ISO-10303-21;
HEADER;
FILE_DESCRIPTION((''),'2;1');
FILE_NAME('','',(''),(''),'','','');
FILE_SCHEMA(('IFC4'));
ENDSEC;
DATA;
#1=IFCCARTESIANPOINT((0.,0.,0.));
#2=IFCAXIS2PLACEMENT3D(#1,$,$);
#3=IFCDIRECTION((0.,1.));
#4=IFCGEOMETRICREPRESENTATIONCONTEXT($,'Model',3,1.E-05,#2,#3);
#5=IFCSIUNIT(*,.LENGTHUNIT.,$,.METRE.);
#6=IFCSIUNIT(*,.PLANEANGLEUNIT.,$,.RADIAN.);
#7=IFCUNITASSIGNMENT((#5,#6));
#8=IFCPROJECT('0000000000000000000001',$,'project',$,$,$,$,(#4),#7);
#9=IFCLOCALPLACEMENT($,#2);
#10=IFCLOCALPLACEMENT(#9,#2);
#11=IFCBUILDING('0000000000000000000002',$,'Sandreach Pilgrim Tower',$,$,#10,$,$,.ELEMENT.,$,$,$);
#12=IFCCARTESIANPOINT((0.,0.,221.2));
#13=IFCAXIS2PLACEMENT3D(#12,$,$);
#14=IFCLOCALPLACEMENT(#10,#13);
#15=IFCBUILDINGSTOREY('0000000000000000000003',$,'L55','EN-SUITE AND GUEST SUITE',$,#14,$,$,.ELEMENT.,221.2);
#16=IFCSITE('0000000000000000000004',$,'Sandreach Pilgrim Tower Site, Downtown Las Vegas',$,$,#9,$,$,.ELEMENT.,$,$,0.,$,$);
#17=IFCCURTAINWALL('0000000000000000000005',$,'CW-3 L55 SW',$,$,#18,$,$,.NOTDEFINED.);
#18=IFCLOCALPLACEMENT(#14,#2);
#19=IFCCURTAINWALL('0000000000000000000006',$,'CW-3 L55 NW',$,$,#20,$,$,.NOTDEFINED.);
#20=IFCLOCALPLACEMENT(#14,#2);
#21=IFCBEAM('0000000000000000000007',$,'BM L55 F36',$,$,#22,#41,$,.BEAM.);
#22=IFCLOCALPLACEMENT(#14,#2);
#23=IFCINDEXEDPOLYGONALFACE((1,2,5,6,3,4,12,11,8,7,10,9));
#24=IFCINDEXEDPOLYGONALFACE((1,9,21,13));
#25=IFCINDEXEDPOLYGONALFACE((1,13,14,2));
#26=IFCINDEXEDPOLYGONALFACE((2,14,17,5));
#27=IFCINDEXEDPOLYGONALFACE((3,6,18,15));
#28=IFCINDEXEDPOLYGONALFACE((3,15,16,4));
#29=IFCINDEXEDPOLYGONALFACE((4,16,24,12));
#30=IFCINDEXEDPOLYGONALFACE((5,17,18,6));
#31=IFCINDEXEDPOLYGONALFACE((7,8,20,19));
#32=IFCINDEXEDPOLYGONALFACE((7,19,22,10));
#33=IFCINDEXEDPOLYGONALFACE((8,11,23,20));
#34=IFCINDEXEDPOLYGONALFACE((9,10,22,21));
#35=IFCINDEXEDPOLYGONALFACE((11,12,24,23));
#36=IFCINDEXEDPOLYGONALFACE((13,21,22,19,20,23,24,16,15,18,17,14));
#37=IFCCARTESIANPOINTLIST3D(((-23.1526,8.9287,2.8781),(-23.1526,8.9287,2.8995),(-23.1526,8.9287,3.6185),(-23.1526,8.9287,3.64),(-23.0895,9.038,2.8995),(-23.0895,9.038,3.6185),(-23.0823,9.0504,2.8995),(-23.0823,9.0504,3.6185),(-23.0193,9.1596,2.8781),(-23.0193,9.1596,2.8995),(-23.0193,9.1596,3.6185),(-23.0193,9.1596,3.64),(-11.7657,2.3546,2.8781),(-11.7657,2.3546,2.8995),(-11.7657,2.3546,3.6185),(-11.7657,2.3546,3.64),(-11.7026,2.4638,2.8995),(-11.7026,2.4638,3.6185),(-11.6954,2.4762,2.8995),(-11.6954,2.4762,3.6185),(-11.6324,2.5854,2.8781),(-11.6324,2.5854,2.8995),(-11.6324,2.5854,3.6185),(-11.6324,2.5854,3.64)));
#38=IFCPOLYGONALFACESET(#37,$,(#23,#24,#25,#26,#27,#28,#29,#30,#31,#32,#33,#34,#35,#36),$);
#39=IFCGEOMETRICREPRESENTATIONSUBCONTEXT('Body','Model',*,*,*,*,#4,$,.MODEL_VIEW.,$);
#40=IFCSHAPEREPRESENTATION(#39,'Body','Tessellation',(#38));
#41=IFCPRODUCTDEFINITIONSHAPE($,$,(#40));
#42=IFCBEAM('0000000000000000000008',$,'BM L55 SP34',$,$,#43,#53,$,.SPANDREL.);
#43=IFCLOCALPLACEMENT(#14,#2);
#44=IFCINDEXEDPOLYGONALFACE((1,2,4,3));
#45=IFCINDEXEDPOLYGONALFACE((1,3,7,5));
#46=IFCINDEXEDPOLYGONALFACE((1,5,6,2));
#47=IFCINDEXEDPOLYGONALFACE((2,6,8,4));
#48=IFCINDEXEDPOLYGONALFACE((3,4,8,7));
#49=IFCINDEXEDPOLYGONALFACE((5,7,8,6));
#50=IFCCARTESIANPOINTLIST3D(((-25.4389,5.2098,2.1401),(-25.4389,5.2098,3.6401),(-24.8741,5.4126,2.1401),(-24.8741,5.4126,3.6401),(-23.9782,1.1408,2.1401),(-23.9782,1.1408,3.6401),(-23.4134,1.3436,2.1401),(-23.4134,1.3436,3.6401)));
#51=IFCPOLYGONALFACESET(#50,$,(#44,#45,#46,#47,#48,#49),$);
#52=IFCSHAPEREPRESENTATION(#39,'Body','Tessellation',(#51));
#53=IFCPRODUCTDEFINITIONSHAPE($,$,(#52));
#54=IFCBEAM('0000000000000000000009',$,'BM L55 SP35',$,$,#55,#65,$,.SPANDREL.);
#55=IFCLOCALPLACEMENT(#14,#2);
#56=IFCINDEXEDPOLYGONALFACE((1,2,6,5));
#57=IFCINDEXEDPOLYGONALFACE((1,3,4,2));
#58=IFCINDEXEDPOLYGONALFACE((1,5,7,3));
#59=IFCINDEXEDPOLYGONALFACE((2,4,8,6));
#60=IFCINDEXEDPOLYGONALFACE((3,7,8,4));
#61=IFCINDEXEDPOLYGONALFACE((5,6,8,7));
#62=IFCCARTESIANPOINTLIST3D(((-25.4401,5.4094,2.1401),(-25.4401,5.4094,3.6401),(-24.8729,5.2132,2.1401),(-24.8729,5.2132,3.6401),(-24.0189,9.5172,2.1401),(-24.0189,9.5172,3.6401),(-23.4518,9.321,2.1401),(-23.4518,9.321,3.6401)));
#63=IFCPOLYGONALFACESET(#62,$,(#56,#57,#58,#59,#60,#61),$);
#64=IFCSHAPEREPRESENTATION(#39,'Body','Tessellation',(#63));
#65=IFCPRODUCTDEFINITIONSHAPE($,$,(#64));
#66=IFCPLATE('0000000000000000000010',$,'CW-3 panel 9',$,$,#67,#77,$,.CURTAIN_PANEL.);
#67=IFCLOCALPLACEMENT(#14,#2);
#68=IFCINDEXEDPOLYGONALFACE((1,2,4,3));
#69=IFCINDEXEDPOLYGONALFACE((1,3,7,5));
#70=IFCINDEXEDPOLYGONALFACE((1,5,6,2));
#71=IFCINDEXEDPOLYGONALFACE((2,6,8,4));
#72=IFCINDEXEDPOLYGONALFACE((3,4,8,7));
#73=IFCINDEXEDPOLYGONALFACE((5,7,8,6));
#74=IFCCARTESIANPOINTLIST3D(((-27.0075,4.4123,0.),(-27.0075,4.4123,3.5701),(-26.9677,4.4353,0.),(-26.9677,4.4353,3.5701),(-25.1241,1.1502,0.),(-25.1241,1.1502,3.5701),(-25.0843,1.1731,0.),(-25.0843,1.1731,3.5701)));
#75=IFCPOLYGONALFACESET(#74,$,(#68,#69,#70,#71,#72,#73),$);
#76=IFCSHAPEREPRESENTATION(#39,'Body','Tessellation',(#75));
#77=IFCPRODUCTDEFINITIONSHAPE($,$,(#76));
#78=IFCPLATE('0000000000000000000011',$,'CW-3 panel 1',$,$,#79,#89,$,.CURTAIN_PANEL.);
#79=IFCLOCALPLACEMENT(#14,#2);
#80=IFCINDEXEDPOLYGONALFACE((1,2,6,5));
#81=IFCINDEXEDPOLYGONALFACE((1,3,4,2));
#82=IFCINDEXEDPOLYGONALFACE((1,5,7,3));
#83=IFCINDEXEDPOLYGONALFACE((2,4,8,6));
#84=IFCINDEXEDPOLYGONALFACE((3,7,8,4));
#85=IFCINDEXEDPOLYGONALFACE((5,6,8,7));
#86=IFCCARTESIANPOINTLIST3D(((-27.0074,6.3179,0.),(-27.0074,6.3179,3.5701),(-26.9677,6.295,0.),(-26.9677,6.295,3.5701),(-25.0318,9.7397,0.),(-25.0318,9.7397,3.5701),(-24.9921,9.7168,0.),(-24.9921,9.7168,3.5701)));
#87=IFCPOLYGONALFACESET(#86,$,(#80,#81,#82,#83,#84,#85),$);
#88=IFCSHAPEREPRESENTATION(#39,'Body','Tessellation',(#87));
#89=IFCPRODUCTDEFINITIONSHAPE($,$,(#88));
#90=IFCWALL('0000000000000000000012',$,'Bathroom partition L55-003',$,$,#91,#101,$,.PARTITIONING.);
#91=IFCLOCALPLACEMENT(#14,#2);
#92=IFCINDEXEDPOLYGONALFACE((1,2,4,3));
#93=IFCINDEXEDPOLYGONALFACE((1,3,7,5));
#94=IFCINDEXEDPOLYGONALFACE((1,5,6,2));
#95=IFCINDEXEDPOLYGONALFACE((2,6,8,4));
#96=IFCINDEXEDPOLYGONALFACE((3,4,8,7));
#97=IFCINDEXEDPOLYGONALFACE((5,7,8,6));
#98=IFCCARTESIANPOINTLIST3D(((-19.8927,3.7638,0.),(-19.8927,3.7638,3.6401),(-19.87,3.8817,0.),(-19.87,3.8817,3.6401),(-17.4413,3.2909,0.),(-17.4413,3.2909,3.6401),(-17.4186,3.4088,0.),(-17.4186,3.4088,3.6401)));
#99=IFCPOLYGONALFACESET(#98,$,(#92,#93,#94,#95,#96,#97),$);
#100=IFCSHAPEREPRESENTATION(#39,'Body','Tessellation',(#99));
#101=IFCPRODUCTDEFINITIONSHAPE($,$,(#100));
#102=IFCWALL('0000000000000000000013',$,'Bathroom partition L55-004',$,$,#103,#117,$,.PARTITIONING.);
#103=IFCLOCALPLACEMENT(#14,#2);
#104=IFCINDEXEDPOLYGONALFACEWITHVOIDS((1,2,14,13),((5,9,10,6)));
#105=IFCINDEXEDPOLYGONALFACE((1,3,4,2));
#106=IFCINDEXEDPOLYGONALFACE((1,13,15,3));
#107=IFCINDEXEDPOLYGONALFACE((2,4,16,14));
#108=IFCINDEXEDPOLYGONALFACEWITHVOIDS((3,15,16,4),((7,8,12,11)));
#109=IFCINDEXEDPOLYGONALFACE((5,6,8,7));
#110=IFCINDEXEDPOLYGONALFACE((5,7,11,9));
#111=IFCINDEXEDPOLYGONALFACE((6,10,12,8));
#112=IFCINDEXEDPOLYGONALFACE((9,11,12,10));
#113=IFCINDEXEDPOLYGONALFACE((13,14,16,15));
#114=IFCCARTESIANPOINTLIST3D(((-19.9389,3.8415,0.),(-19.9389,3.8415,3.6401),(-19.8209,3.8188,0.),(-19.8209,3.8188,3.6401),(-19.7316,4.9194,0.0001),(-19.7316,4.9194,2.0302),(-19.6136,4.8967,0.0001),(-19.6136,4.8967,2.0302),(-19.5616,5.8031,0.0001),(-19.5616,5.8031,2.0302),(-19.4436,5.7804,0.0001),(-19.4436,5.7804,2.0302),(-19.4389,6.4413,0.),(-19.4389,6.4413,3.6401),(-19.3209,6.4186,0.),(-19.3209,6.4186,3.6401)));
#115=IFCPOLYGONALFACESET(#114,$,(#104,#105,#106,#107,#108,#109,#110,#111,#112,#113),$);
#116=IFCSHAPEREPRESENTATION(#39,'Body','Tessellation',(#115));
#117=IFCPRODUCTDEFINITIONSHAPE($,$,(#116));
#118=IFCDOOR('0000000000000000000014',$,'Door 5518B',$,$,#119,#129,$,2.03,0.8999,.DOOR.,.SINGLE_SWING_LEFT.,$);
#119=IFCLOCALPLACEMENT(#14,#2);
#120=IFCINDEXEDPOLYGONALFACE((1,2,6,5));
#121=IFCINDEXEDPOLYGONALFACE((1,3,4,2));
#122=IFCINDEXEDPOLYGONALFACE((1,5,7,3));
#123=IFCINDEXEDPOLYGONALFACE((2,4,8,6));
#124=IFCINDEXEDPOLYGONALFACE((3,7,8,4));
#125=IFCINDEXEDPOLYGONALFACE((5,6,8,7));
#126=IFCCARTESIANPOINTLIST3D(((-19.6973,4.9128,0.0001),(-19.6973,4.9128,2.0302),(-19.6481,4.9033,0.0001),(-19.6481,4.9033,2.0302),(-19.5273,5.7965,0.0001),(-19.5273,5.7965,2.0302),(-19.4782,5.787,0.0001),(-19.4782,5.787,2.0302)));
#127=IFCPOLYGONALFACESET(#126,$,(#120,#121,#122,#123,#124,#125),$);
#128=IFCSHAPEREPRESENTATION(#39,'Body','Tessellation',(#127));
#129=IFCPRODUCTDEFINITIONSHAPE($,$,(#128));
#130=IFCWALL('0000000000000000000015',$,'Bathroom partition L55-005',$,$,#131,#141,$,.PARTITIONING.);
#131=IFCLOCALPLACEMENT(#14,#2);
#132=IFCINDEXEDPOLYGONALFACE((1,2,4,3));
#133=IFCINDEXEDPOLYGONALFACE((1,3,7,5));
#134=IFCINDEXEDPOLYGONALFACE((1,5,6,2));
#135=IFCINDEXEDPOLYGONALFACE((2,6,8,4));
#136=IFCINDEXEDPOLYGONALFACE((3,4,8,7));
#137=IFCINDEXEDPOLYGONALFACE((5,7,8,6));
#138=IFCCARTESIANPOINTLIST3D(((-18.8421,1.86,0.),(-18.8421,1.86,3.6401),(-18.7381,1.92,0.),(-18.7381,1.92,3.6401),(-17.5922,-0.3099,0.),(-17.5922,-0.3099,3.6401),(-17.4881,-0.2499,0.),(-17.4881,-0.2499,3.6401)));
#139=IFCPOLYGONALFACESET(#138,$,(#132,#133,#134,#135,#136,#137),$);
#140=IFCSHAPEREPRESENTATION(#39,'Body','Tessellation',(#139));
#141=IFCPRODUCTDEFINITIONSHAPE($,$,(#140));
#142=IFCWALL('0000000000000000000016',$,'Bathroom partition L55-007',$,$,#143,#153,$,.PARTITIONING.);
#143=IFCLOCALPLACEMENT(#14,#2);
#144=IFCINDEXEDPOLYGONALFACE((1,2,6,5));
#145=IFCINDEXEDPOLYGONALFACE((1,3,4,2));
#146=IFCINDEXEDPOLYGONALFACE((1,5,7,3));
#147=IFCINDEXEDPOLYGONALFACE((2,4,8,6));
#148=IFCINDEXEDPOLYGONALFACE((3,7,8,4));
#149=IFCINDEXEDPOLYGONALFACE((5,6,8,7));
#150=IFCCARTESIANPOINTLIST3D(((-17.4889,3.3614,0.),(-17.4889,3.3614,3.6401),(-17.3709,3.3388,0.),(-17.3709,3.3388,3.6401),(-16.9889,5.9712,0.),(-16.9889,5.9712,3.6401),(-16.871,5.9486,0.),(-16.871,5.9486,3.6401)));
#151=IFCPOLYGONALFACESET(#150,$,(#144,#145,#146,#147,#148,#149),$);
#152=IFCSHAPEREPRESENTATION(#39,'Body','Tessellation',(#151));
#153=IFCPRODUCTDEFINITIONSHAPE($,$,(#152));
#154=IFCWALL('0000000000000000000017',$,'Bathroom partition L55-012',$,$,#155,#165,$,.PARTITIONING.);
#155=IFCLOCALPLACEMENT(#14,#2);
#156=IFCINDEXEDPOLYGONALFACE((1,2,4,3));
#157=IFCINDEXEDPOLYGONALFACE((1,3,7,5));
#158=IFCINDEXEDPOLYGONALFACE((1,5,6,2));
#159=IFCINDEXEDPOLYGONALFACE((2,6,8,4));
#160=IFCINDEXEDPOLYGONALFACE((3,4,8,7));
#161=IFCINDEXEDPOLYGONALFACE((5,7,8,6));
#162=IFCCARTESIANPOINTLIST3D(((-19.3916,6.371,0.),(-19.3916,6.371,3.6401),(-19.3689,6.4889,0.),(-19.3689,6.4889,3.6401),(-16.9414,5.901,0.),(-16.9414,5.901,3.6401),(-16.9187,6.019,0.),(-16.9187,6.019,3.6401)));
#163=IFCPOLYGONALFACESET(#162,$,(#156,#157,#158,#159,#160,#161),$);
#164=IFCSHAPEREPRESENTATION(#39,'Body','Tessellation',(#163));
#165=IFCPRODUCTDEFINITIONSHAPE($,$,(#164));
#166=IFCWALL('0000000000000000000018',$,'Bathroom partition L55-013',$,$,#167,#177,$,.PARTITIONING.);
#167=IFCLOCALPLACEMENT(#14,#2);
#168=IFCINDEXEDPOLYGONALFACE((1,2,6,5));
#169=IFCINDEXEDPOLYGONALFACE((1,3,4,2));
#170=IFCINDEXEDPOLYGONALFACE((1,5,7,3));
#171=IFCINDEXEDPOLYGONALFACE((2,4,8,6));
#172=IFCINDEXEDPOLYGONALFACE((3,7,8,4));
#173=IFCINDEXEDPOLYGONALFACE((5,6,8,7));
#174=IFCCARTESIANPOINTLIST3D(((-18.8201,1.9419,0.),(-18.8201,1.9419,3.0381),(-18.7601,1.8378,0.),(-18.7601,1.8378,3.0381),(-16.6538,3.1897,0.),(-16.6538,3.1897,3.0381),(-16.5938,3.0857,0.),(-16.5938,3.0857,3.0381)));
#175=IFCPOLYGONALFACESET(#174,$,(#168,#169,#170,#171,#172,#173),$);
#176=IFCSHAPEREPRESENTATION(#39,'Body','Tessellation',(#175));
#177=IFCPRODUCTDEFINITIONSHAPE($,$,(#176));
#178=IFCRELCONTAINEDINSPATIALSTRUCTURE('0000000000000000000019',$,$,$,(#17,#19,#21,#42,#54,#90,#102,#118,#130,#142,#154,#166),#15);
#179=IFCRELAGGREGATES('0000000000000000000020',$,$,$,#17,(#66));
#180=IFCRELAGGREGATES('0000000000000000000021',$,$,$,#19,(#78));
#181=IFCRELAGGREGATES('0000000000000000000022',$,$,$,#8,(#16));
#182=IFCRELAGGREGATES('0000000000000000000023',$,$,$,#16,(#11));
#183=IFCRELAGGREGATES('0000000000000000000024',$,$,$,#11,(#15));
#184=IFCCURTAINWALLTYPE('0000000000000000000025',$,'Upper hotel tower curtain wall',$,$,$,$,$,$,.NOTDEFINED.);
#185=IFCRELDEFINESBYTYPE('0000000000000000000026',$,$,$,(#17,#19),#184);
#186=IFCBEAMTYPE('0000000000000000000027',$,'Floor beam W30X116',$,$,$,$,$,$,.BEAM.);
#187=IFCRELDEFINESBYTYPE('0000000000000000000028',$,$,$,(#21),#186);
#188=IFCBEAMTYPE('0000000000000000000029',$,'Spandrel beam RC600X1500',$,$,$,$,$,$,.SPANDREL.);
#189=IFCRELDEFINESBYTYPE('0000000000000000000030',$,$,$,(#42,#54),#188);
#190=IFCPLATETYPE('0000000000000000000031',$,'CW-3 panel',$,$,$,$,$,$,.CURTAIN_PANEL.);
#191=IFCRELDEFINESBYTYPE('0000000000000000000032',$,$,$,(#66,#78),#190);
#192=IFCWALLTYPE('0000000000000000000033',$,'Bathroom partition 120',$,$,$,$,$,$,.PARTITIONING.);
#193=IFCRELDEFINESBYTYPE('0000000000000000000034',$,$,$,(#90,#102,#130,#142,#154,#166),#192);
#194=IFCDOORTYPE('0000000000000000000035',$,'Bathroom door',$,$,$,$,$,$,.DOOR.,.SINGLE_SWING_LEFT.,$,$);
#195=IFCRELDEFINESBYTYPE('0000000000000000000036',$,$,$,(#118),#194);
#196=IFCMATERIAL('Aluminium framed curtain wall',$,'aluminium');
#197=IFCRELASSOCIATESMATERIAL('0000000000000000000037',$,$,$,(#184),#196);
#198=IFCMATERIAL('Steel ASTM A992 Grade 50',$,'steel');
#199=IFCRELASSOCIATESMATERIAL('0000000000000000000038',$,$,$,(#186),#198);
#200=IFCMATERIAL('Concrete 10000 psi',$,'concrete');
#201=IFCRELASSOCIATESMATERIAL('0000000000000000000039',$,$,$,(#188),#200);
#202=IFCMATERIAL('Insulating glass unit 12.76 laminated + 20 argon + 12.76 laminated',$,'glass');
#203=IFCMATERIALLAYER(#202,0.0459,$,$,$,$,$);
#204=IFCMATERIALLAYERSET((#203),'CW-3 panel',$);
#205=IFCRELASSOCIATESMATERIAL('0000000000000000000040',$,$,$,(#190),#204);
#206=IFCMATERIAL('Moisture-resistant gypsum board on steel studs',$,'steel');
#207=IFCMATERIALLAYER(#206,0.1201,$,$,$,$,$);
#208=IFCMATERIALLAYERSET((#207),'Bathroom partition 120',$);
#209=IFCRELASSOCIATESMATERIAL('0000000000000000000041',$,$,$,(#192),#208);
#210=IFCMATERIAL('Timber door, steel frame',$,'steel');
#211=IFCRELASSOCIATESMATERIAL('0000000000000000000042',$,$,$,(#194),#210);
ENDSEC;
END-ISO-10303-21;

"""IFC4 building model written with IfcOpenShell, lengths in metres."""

from ifc_helpers import new_model, si_unit, direction, frame, frame_2d, origin, origin_2d, place, context, subcontext, project, spatial, rectangle, i_section, extrude, material, layer, layer_set, material_profile, profile_set, type_object, element, fill, aggregate, save


model = new_model("IFC4")

# Units and contexts
model_context = context("Model", 3, precision=1e-05, world=origin(), true_north=direction((0.0, 1.0)))
body_context = subcontext(model_context, "Body", "Model", "MODEL_VIEW")
ifc_project = project(units=[si_unit("LENGTHUNIT", "METRE"), si_unit("PLANEANGLEUNIT", "RADIAN")], contexts=[model_context])

# Site, building, storey
site_placement = place(None, origin())
site = spatial("IfcSite", under=ifc_project, at=site_placement, Name="Sandreach Pilgrim Tower Site, Downtown Las Vegas", CompositionType="ELEMENT", RefElevation=0.0)
building_placement = place(site_placement, origin())
building = spatial("IfcBuilding", under=site, at=building_placement, Name="Sandreach Pilgrim Tower", CompositionType="ELEMENT")
storey_placement = place(building_placement, frame((0.0, 0.0, 221.2)))
storey = spatial("IfcBuildingStorey", under=building, at=storey_placement, Name="L55", Description="EN-SUITE AND GUEST SUITE", CompositionType="ELEMENT", Elevation=221.2)

# Curtain wall
ifc_material_1 = material(Name="Aluminium framed curtain wall", Category="aluminium")
curtain_wall_type = type_object("IfcCurtainWallType", Name="Upper hotel tower curtain wall", PredefinedType="NOTDEFINED", material=ifc_material_1)
curtain_wall_1_placement = place(storey_placement, origin())
curtain_wall_1 = element("IfcCurtainWall", 1, at=curtain_wall_1_placement, inside=storey, type_object=curtain_wall_type, Name="CW-3 L55 SW", PredefinedType="NOTDEFINED")

# Curtain wall
curtain_wall_2_placement = place(storey_placement, origin())
curtain_wall_2 = element("IfcCurtainWall", 2, at=curtain_wall_2_placement, inside=storey, type_object=curtain_wall_type, Name="CW-3 L55 NW", PredefinedType="NOTDEFINED")

# Beams
ifc_material_2 = material(Name="Steel ASTM A992 Grade 50", Category="steel")
ifc_material_profile_1 = material_profile(ifc_material_2, i_section(OverallWidth=0.2666, OverallDepth=0.762, WebThickness=0.0144, FlangeThickness=0.0215, at=origin_2d()), Name="W30X116")
ifc_profile_set_1 = profile_set([ifc_material_profile_1], Name="Steel ASTM A992 Grade 50")
beam_type_1 = type_object("IfcBeamType", Name="Floor beam W30X116", PredefinedType="BEAM", material=ifc_profile_set_1)
beam_1_placement = place(storey_placement, frame((-23.0859, 9.0442, 3.259), z_axis=(0.866027, -0.499997, 0.0), x_axis=(0.499997, 0.866027, 0.0)))
element("IfcBeam", 3, at=beam_1_placement, inside=storey, type_object=beam_type_1, Name="BM L55 F36", PredefinedType="BEAM", context=body_context, shape_type="SweptSolid", body=[
    extrude(i_section(OverallWidth=0.2666, OverallDepth=0.762, WebThickness=0.0144, FlangeThickness=0.0215, at=origin_2d()), origin(), (0.0, 0.0, 1.0), 13.1484),
])
ifc_material_3 = material(Name="Concrete 10000 psi", Category="concrete")
ifc_material_profile_2 = material_profile(ifc_material_3, rectangle(XDim=0.6001, YDim=1.5, at=origin_2d()), Name="RC600X1500")
ifc_profile_set_2 = profile_set([ifc_material_profile_2], Name="Concrete 10000 psi")
beam_type_2 = type_object("IfcBeamType", Name="Spandrel beam RC600X1500", PredefinedType="SPANDREL", material=ifc_profile_set_2)
beam_2_placement = place(storey_placement, frame((-23.6958, 1.2422, 2.8901), z_axis=(-0.337863, 0.941195, 0.0), x_axis=(-0.941195, -0.337863, 0.0)))
element("IfcBeam", 4, at=beam_2_placement, inside=storey, type_object=beam_type_2, Name="BM L55 SP34", PredefinedType="SPANDREL", context=body_context, shape_type="SweptSolid", body=[
    extrude(rectangle(XDim=0.6001, YDim=1.5, at=origin_2d()), origin(), (0.0, 0.0, 1.0), 4.3232),
])
beam_3_placement = place(storey_placement, frame((-25.1565, 5.3113, 2.8901), z_axis=(0.326941, 0.945045, 0.0), x_axis=(-0.945045, 0.326941, 0.0)))
element("IfcBeam", 5, at=beam_3_placement, inside=storey, type_object=beam_type_2, Name="BM L55 SP35", PredefinedType="SPANDREL", context=body_context, shape_type="SweptSolid", body=[
    extrude(rectangle(XDim=0.6001, YDim=1.5, at=origin_2d()), origin(), (0.0, 0.0, 1.0), 4.3467),
])

# Plates
ifc_material_4 = material(Name="Insulating glass unit 12.76 laminated + 20 argon + 12.76 laminated", Category="glass")
ifc_layer_1 = layer(ifc_material_4, 0.0459)
ifc_layer_set_1 = layer_set([ifc_layer_1], Name="CW-3 panel")
plate_type = type_object("IfcPlateType", Name="CW-3 panel", PredefinedType="CURTAIN_PANEL", material=ifc_layer_set_1)
plate_1_placement = place(storey_placement, frame((-26.0459, 2.7927, 0.0), z_axis=(0.0, 0.0, 1.0), x_axis=(-0.5, 0.866025, 0.0)))
plate_1 = element("IfcPlate", 6, at=plate_1_placement, type_object=plate_type, Name="CW-3 panel 9", PredefinedType="CURTAIN_PANEL", context=body_context, shape_type="SweptSolid", body=[
    extrude(rectangle(XDim=3.7668, YDim=0.0459, at=origin_2d()), origin(), (0.0, 0.0, 1.0), 3.5701),
])
aggregate(curtain_wall_1, [plate_1])
plate_2_placement = place(storey_placement, frame((-25.9998, 8.0173, 0.0), z_axis=(0.0, 0.0, 1.0), x_axis=(0.5, 0.866025, 0.0)))
plate_2 = element("IfcPlate", 7, at=plate_2_placement, type_object=plate_type, Name="CW-3 panel 1", PredefinedType="CURTAIN_PANEL", context=body_context, shape_type="SweptSolid", body=[
    extrude(rectangle(XDim=3.9512, YDim=0.0459, at=origin_2d()), origin(), (0.0, 0.0, 1.0), 3.5701),
])
aggregate(curtain_wall_2, [plate_2])

# Wall
ifc_material_5 = material(Name="Moisture-resistant gypsum board on steel studs", Category="steel")
ifc_layer_2 = layer(ifc_material_5, 0.1201)
ifc_layer_set_2 = layer_set([ifc_layer_2], Name="Bathroom partition 120")
wall_type_1 = type_object("IfcWallType", Name="Bathroom partition 120", PredefinedType="PARTITIONING", material=ifc_layer_set_2)
wall_1_placement = place(storey_placement, frame((-19.8813, 3.8228, 0.0), z_axis=(0.0, 0.0, 1.0), x_axis=(0.981897, -0.189417, 0.0)))
element("IfcWall", 8, at=wall_1_placement, inside=storey, type_object=wall_type_1, Name="Bathroom partition L55-003", PredefinedType="PARTITIONING", context=body_context, shape_type="SweptSolid", body=[
    extrude(rectangle(XDim=2.4966, YDim=0.1201, at=frame_2d((1.2483, 0.0))), origin(), (0.0, 0.0, 1.0), 3.6401),
])

# Wall, opening, door
wall_2_placement = place(storey_placement, frame((-19.3799, 6.4299, 0.0), z_axis=(0.0, 0.0, 1.0), x_axis=(-0.188858, -0.982004, 0.0)))
wall_2 = element("IfcWall", 9, at=wall_2_placement, inside=storey, type_object=wall_type_1, Name="Bathroom partition L55-004", PredefinedType="PARTITIONING", context=body_context, shape_type="SweptSolid", body=[
    extrude(rectangle(XDim=2.6475, YDim=0.1201, at=frame_2d((1.3237, 0.0))), origin(), (0.0, 0.0, 1.0), 3.6401),
])
opening_1_placement = place(wall_2_placement, frame((0.6499, 0.0, 0.0)))
opening_1 = element("IfcOpeningElement", 10, at=opening_1_placement, cuts=wall_2, PredefinedType="OPENING", context=body_context, shape_type="SweptSolid", body=[
    extrude(rectangle(XDim=0.8999, YDim=2.03, at=frame_2d((0.45, 1.0151))), frame((0.0, 0.0601, 0.0), z_axis=(0.0, -1.0, 0.0), x_axis=(1.0, 0.0, 0.0)), (0.0, 0.0, 1.0), 0.1201),
])
ifc_material_6 = material(Name="Timber door, steel frame", Category="steel")
door_type_1 = type_object("IfcDoorType", Name="Bathroom door", OperationType="SINGLE_SWING_LEFT", PredefinedType="DOOR", material=ifc_material_6)
door_1_placement = place(opening_1_placement, origin())
door_1 = element("IfcDoor", 11, at=door_1_placement, inside=storey, type_object=door_type_1, Name="Door 5518B", OperationType="SINGLE_SWING_LEFT", OverallHeight=2.03, OverallWidth=0.8999, PredefinedType="DOOR", context=body_context, shape_type="SweptSolid", body=[
    extrude(rectangle(XDim=0.8999, YDim=2.03, at=frame_2d((0.45, 1.0151))), frame((0.0, 0.0249, 0.0), z_axis=(0.0, -1.0, 0.0), x_axis=(1.0, 0.0, 0.0)), (0.0, 0.0, 1.0), 0.05),
])
fill(opening_1, door_1)

# Walls
wall_3_placement = place(storey_placement, frame((-18.79, 1.8899, 0.0), z_axis=(0.0, 0.0, 1.0), x_axis=(0.49916, -0.86651, 0.0)))
element("IfcWall", 12, at=wall_3_placement, inside=storey, type_object=wall_type_1, Name="Bathroom partition L55-005", PredefinedType="PARTITIONING", context=body_context, shape_type="SweptSolid", body=[
    extrude(rectangle(XDim=2.5042, YDim=0.1201, at=frame_2d((1.252, 0.0))), origin(), (0.0, 0.0, 1.0), 3.6401),
])
wall_4_placement = place(storey_placement, frame((-17.4299, 3.3501, 0.0), z_axis=(0.0, 0.0, 1.0), x_axis=(0.188159, 0.982139, 0.0)))
element("IfcWall", 13, at=wall_4_placement, inside=storey, type_object=wall_type_1, Name="Bathroom partition L55-007", PredefinedType="PARTITIONING", context=body_context, shape_type="SweptSolid", body=[
    extrude(rectangle(XDim=2.6572, YDim=0.1201, at=frame_2d((1.3286, 0.0))), origin(), (0.0, 0.0, 1.0), 3.6401),
])
wall_5_placement = place(storey_placement, frame((-16.9299, 5.96, 0.0), z_axis=(0.0, 0.0, 1.0), x_axis=(-0.982097, 0.188376, 0.0)))
element("IfcWall", 14, at=wall_5_placement, inside=storey, type_object=wall_type_1, Name="Bathroom partition L55-012", PredefinedType="PARTITIONING", context=body_context, shape_type="SweptSolid", body=[
    extrude(rectangle(XDim=2.4949, YDim=0.1201, at=frame_2d((1.2476, 0.0))), origin(), (0.0, 0.0, 1.0), 3.6401),
])
wall_6_placement = place(storey_placement, frame((-16.6238, 3.1377, 0.0), z_axis=(0.0, 0.0, 1.0), x_axis=(-0.866525, -0.499133, 0.0)))
element("IfcWall", 15, at=wall_6_placement, inside=storey, type_object=wall_type_1, Name="Bathroom partition L55-013", PredefinedType="PARTITIONING", context=body_context, shape_type="SweptSolid", body=[
    extrude(rectangle(XDim=2.5, YDim=0.1201, at=frame_2d((1.25, 0.0))), origin(), (0.0, 0.0, 1.0), 3.0381),
])

save(model, "model.ifc")
